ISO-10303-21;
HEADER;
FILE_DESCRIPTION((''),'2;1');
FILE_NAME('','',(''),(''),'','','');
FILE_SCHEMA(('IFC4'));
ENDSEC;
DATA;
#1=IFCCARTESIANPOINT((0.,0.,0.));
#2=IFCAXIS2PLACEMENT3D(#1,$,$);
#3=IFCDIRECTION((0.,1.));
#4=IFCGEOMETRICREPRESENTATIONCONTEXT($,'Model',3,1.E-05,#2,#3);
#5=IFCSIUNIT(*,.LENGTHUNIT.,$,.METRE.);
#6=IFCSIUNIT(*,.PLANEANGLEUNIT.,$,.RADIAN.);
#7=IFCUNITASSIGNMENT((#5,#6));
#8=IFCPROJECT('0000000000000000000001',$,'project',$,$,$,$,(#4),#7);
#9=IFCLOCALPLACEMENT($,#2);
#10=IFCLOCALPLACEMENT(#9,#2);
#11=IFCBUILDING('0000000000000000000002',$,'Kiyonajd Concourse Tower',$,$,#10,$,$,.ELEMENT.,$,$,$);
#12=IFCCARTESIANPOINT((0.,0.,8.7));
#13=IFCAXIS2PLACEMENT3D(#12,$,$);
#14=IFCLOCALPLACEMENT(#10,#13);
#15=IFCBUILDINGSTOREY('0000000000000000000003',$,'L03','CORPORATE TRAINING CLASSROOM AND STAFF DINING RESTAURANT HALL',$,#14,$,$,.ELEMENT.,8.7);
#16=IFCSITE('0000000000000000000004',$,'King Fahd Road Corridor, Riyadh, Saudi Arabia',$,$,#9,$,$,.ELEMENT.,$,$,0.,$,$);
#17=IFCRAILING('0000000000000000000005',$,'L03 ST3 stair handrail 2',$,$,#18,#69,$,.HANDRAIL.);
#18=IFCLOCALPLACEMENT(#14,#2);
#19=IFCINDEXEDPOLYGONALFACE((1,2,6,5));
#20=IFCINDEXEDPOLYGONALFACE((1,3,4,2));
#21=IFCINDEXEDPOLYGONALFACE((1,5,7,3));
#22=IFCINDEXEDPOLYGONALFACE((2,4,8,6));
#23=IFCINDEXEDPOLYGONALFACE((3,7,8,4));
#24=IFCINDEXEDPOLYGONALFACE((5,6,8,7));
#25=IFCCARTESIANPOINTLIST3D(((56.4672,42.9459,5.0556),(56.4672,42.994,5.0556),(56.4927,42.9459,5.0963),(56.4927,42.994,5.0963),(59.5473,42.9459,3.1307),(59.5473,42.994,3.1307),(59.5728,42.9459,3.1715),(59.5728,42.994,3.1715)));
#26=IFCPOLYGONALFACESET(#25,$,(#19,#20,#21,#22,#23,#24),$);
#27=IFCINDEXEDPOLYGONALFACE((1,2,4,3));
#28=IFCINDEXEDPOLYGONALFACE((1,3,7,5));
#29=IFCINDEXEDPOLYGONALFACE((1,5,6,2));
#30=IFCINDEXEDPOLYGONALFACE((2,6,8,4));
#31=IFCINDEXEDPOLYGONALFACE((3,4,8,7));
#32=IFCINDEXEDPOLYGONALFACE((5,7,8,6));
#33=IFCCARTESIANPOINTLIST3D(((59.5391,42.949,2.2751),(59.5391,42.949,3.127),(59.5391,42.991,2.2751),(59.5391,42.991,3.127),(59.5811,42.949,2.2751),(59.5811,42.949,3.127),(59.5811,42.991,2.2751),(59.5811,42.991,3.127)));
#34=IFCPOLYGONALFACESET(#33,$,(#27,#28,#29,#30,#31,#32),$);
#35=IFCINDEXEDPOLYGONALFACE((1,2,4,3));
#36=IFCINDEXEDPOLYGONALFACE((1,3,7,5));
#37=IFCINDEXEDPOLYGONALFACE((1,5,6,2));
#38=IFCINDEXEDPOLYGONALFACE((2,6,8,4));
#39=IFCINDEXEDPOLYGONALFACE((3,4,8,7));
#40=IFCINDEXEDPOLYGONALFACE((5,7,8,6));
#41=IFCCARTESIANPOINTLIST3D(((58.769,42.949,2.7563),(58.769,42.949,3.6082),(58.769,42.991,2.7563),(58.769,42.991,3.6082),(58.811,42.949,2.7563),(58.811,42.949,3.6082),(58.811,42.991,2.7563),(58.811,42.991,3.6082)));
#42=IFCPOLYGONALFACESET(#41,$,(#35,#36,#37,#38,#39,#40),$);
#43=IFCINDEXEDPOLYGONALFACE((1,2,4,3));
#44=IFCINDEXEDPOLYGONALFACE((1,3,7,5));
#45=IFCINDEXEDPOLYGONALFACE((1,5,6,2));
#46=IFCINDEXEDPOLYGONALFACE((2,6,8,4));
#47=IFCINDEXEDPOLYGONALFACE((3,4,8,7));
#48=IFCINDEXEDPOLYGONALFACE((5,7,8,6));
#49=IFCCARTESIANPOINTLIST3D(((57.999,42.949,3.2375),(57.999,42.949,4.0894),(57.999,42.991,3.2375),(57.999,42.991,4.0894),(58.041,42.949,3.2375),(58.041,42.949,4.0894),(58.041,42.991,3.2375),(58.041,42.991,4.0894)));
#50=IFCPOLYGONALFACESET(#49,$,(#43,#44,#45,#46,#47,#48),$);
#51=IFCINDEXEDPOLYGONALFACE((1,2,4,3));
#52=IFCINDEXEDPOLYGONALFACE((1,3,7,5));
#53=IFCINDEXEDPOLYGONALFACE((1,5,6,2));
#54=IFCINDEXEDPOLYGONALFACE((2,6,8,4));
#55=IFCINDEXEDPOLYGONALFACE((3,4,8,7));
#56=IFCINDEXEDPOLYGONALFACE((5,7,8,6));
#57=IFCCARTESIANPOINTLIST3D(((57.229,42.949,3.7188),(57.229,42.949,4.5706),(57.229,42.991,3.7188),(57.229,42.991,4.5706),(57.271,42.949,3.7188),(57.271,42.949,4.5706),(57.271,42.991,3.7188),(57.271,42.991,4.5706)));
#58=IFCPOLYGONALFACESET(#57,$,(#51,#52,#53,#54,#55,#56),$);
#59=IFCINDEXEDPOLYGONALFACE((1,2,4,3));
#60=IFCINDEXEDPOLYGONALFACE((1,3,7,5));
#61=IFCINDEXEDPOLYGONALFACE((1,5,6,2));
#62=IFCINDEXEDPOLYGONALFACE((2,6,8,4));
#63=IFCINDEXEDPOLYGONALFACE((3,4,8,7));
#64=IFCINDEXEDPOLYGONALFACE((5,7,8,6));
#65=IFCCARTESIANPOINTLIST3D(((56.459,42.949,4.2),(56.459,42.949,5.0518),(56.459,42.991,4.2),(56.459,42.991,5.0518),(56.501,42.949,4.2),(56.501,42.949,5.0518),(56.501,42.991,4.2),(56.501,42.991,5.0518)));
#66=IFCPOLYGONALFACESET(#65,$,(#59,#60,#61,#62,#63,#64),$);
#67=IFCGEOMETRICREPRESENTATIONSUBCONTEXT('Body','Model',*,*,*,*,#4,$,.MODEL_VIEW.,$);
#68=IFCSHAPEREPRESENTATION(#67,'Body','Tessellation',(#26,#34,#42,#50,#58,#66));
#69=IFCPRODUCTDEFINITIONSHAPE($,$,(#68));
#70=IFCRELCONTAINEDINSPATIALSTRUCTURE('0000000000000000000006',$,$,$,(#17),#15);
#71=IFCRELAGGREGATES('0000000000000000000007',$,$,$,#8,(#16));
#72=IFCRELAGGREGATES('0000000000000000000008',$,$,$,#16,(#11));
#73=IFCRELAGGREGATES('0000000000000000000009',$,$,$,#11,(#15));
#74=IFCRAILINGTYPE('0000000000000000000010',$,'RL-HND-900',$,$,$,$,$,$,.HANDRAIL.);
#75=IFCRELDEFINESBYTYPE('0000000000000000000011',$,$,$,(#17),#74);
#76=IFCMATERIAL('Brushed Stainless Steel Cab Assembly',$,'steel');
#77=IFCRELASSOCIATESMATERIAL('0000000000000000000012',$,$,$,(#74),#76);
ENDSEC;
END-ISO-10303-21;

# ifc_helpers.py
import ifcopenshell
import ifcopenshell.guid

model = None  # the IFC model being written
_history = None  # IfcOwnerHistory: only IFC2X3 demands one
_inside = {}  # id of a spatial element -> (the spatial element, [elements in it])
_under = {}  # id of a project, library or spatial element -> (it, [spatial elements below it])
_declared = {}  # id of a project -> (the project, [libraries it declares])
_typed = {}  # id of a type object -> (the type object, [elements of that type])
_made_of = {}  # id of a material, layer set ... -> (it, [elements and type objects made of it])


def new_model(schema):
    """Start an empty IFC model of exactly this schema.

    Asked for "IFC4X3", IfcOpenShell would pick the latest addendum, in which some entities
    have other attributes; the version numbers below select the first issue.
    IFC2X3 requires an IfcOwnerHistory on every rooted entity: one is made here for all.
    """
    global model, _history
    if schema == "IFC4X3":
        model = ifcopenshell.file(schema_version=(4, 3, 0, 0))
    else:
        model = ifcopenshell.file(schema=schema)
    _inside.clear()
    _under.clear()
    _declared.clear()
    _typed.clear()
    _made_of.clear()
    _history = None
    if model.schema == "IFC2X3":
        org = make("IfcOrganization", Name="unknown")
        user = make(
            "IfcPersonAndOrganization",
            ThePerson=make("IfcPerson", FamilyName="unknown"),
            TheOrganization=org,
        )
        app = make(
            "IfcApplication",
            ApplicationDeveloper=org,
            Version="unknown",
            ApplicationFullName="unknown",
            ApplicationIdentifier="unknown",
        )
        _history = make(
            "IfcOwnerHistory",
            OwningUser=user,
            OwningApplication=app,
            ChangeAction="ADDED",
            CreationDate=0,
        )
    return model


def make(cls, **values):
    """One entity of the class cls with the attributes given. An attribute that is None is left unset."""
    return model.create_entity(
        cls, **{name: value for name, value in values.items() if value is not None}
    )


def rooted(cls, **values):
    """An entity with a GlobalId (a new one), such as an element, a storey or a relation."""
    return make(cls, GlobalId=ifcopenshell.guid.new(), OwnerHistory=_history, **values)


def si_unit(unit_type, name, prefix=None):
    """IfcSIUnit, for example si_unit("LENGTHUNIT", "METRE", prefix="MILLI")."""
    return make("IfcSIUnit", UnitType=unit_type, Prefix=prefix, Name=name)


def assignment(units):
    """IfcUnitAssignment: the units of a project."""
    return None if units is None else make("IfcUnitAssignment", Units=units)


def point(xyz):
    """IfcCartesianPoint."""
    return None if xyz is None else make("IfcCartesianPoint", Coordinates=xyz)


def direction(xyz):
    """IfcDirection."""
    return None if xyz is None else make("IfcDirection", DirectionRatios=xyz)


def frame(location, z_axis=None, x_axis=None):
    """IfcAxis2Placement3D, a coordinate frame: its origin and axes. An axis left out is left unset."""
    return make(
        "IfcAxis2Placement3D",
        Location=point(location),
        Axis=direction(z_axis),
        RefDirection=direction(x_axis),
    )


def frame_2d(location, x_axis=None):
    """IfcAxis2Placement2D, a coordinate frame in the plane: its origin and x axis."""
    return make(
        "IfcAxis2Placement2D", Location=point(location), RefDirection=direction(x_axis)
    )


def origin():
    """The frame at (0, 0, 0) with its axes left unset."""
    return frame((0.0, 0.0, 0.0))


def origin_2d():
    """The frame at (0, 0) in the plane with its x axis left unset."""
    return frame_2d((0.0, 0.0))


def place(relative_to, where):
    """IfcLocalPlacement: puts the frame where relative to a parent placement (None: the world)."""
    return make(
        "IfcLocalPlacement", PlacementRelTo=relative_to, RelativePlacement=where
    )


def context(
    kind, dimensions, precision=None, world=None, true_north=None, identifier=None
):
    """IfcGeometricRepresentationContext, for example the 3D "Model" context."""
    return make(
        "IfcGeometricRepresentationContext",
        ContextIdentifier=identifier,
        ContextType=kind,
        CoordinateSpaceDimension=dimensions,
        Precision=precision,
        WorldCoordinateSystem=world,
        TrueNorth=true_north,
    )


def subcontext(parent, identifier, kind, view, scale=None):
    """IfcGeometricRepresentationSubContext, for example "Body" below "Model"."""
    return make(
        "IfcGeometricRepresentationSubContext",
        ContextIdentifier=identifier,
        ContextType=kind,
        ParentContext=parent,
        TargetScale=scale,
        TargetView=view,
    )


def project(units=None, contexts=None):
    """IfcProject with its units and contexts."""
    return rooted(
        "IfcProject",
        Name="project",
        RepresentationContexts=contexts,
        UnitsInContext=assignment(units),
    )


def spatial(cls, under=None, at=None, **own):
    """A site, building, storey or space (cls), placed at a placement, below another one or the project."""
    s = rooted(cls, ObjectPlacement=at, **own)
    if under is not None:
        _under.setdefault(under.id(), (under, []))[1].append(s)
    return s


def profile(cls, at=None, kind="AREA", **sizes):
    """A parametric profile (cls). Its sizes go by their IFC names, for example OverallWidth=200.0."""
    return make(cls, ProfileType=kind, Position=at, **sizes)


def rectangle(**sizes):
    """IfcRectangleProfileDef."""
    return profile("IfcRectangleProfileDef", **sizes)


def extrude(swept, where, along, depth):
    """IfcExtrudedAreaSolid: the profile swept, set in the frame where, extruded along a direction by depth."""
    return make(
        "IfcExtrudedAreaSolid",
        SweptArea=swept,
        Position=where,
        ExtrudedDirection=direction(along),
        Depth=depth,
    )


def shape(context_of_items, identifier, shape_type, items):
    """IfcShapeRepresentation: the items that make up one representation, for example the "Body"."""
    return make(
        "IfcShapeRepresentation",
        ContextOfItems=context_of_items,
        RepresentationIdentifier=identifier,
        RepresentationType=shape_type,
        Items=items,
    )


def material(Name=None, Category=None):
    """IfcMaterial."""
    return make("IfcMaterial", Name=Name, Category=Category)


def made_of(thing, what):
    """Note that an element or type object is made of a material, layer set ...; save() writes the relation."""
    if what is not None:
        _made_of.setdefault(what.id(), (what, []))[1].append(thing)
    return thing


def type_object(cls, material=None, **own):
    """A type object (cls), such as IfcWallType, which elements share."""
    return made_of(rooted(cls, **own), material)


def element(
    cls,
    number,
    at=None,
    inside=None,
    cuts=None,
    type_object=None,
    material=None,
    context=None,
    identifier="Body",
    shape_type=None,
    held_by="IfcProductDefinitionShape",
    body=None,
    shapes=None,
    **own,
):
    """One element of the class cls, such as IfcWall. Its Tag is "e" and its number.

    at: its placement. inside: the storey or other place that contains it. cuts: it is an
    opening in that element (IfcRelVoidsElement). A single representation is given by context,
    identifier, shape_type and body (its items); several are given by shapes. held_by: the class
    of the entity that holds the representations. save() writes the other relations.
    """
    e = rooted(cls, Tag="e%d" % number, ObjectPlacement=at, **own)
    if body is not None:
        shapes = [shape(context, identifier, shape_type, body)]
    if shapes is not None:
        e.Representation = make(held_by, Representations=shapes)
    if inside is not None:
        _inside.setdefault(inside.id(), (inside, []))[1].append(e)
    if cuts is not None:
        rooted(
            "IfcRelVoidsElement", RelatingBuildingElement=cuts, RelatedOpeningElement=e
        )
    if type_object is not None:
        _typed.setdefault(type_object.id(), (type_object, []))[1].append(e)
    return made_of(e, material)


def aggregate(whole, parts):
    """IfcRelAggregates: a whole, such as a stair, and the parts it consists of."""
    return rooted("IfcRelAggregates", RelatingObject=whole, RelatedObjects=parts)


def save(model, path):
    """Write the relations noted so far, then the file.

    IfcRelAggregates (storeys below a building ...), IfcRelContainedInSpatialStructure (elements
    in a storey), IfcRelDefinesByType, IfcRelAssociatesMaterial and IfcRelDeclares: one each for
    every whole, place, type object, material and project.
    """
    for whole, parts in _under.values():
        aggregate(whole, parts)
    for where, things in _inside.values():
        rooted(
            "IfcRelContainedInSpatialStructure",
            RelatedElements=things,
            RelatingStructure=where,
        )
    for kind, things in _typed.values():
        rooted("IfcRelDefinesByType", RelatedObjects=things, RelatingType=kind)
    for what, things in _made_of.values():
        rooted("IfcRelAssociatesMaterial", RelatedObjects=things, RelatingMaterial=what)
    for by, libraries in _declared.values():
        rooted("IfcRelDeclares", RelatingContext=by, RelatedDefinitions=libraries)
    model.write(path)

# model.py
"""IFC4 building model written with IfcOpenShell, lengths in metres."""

from ifc_helpers import new_model, si_unit, direction, frame, origin, origin_2d, place, context, subcontext, project, spatial, rectangle, extrude, material, type_object, element, save


model = new_model("IFC4")

# Units and contexts
model_context = context("Model", 3, precision=1e-05, world=origin(), true_north=direction((0.0, 1.0)))
body_context = subcontext(model_context, "Body", "Model", "MODEL_VIEW")
ifc_project = project(units=[si_unit("LENGTHUNIT", "METRE"), si_unit("PLANEANGLEUNIT", "RADIAN")], contexts=[model_context])

# Site, building, storey
site_placement = place(None, origin())
site = spatial("IfcSite", under=ifc_project, at=site_placement, Name="King Fahd Road Corridor, Riyadh, Saudi Arabia", CompositionType="ELEMENT", RefElevation=0.0)
building_placement = place(site_placement, origin())
building = spatial("IfcBuilding", under=site, at=building_placement, Name="Kiyonajd Concourse Tower", CompositionType="ELEMENT")
storey_placement = place(building_placement, frame((0.0, 0.0, 8.7)))
storey = spatial("IfcBuildingStorey", under=building, at=storey_placement, Name="L03", Description="CORPORATE TRAINING CLASSROOM AND STAFF DINING RESTAURANT HALL", CompositionType="ELEMENT", Elevation=8.7)

# Shared definitions
ifc_material_1 = material(Name="Brushed Stainless Steel Cab Assembly", Category="steel")

# Railing
railing_type_1 = type_object("IfcRailingType", Name="RL-HND-900", PredefinedType="HANDRAIL", material=ifc_material_1)
railing_1_placement = place(storey_placement, frame((59.5601, 42.97, 2.2751)))
element("IfcRailing", 1, at=railing_1_placement, inside=storey, type_object=railing_type_1, Name="L03 ST3 stair handrail 2", PredefinedType="HANDRAIL", context=body_context, shape_type="SweptSolid", body=[
    extrude(rectangle(XDim=0.0481, YDim=0.0481, at=origin_2d()), frame((0.0, 0.0, 0.876), z_axis=(-0.848029, 0.0, 0.529951), x_axis=(0.0, -1.0, 0.0)), (0.0, 0.0, 1.0), 3.6321),
    extrude(rectangle(XDim=0.042, YDim=0.042, at=origin_2d()), origin(), (0.0, 0.0, 1.0), 0.8518),
    extrude(rectangle(XDim=0.042, YDim=0.042, at=origin_2d()), frame((-0.77, 0.0, 0.4812)), (0.0, 0.0, 1.0), 0.8518),
    extrude(rectangle(XDim=0.042, YDim=0.042, at=origin_2d()), frame((-1.54, 0.0, 0.9624)), (0.0, 0.0, 1.0), 0.8518),
    extrude(rectangle(XDim=0.042, YDim=0.042, at=origin_2d()), frame((-2.3101, 0.0, 1.4436)), (0.0, 0.0, 1.0), 0.8518),
    extrude(rectangle(XDim=0.042, YDim=0.042, at=origin_2d()), frame((-3.0801, 0.0, 1.9248)), (0.0, 0.0, 1.0), 0.8518),
])

save(model, "model.ifc")
